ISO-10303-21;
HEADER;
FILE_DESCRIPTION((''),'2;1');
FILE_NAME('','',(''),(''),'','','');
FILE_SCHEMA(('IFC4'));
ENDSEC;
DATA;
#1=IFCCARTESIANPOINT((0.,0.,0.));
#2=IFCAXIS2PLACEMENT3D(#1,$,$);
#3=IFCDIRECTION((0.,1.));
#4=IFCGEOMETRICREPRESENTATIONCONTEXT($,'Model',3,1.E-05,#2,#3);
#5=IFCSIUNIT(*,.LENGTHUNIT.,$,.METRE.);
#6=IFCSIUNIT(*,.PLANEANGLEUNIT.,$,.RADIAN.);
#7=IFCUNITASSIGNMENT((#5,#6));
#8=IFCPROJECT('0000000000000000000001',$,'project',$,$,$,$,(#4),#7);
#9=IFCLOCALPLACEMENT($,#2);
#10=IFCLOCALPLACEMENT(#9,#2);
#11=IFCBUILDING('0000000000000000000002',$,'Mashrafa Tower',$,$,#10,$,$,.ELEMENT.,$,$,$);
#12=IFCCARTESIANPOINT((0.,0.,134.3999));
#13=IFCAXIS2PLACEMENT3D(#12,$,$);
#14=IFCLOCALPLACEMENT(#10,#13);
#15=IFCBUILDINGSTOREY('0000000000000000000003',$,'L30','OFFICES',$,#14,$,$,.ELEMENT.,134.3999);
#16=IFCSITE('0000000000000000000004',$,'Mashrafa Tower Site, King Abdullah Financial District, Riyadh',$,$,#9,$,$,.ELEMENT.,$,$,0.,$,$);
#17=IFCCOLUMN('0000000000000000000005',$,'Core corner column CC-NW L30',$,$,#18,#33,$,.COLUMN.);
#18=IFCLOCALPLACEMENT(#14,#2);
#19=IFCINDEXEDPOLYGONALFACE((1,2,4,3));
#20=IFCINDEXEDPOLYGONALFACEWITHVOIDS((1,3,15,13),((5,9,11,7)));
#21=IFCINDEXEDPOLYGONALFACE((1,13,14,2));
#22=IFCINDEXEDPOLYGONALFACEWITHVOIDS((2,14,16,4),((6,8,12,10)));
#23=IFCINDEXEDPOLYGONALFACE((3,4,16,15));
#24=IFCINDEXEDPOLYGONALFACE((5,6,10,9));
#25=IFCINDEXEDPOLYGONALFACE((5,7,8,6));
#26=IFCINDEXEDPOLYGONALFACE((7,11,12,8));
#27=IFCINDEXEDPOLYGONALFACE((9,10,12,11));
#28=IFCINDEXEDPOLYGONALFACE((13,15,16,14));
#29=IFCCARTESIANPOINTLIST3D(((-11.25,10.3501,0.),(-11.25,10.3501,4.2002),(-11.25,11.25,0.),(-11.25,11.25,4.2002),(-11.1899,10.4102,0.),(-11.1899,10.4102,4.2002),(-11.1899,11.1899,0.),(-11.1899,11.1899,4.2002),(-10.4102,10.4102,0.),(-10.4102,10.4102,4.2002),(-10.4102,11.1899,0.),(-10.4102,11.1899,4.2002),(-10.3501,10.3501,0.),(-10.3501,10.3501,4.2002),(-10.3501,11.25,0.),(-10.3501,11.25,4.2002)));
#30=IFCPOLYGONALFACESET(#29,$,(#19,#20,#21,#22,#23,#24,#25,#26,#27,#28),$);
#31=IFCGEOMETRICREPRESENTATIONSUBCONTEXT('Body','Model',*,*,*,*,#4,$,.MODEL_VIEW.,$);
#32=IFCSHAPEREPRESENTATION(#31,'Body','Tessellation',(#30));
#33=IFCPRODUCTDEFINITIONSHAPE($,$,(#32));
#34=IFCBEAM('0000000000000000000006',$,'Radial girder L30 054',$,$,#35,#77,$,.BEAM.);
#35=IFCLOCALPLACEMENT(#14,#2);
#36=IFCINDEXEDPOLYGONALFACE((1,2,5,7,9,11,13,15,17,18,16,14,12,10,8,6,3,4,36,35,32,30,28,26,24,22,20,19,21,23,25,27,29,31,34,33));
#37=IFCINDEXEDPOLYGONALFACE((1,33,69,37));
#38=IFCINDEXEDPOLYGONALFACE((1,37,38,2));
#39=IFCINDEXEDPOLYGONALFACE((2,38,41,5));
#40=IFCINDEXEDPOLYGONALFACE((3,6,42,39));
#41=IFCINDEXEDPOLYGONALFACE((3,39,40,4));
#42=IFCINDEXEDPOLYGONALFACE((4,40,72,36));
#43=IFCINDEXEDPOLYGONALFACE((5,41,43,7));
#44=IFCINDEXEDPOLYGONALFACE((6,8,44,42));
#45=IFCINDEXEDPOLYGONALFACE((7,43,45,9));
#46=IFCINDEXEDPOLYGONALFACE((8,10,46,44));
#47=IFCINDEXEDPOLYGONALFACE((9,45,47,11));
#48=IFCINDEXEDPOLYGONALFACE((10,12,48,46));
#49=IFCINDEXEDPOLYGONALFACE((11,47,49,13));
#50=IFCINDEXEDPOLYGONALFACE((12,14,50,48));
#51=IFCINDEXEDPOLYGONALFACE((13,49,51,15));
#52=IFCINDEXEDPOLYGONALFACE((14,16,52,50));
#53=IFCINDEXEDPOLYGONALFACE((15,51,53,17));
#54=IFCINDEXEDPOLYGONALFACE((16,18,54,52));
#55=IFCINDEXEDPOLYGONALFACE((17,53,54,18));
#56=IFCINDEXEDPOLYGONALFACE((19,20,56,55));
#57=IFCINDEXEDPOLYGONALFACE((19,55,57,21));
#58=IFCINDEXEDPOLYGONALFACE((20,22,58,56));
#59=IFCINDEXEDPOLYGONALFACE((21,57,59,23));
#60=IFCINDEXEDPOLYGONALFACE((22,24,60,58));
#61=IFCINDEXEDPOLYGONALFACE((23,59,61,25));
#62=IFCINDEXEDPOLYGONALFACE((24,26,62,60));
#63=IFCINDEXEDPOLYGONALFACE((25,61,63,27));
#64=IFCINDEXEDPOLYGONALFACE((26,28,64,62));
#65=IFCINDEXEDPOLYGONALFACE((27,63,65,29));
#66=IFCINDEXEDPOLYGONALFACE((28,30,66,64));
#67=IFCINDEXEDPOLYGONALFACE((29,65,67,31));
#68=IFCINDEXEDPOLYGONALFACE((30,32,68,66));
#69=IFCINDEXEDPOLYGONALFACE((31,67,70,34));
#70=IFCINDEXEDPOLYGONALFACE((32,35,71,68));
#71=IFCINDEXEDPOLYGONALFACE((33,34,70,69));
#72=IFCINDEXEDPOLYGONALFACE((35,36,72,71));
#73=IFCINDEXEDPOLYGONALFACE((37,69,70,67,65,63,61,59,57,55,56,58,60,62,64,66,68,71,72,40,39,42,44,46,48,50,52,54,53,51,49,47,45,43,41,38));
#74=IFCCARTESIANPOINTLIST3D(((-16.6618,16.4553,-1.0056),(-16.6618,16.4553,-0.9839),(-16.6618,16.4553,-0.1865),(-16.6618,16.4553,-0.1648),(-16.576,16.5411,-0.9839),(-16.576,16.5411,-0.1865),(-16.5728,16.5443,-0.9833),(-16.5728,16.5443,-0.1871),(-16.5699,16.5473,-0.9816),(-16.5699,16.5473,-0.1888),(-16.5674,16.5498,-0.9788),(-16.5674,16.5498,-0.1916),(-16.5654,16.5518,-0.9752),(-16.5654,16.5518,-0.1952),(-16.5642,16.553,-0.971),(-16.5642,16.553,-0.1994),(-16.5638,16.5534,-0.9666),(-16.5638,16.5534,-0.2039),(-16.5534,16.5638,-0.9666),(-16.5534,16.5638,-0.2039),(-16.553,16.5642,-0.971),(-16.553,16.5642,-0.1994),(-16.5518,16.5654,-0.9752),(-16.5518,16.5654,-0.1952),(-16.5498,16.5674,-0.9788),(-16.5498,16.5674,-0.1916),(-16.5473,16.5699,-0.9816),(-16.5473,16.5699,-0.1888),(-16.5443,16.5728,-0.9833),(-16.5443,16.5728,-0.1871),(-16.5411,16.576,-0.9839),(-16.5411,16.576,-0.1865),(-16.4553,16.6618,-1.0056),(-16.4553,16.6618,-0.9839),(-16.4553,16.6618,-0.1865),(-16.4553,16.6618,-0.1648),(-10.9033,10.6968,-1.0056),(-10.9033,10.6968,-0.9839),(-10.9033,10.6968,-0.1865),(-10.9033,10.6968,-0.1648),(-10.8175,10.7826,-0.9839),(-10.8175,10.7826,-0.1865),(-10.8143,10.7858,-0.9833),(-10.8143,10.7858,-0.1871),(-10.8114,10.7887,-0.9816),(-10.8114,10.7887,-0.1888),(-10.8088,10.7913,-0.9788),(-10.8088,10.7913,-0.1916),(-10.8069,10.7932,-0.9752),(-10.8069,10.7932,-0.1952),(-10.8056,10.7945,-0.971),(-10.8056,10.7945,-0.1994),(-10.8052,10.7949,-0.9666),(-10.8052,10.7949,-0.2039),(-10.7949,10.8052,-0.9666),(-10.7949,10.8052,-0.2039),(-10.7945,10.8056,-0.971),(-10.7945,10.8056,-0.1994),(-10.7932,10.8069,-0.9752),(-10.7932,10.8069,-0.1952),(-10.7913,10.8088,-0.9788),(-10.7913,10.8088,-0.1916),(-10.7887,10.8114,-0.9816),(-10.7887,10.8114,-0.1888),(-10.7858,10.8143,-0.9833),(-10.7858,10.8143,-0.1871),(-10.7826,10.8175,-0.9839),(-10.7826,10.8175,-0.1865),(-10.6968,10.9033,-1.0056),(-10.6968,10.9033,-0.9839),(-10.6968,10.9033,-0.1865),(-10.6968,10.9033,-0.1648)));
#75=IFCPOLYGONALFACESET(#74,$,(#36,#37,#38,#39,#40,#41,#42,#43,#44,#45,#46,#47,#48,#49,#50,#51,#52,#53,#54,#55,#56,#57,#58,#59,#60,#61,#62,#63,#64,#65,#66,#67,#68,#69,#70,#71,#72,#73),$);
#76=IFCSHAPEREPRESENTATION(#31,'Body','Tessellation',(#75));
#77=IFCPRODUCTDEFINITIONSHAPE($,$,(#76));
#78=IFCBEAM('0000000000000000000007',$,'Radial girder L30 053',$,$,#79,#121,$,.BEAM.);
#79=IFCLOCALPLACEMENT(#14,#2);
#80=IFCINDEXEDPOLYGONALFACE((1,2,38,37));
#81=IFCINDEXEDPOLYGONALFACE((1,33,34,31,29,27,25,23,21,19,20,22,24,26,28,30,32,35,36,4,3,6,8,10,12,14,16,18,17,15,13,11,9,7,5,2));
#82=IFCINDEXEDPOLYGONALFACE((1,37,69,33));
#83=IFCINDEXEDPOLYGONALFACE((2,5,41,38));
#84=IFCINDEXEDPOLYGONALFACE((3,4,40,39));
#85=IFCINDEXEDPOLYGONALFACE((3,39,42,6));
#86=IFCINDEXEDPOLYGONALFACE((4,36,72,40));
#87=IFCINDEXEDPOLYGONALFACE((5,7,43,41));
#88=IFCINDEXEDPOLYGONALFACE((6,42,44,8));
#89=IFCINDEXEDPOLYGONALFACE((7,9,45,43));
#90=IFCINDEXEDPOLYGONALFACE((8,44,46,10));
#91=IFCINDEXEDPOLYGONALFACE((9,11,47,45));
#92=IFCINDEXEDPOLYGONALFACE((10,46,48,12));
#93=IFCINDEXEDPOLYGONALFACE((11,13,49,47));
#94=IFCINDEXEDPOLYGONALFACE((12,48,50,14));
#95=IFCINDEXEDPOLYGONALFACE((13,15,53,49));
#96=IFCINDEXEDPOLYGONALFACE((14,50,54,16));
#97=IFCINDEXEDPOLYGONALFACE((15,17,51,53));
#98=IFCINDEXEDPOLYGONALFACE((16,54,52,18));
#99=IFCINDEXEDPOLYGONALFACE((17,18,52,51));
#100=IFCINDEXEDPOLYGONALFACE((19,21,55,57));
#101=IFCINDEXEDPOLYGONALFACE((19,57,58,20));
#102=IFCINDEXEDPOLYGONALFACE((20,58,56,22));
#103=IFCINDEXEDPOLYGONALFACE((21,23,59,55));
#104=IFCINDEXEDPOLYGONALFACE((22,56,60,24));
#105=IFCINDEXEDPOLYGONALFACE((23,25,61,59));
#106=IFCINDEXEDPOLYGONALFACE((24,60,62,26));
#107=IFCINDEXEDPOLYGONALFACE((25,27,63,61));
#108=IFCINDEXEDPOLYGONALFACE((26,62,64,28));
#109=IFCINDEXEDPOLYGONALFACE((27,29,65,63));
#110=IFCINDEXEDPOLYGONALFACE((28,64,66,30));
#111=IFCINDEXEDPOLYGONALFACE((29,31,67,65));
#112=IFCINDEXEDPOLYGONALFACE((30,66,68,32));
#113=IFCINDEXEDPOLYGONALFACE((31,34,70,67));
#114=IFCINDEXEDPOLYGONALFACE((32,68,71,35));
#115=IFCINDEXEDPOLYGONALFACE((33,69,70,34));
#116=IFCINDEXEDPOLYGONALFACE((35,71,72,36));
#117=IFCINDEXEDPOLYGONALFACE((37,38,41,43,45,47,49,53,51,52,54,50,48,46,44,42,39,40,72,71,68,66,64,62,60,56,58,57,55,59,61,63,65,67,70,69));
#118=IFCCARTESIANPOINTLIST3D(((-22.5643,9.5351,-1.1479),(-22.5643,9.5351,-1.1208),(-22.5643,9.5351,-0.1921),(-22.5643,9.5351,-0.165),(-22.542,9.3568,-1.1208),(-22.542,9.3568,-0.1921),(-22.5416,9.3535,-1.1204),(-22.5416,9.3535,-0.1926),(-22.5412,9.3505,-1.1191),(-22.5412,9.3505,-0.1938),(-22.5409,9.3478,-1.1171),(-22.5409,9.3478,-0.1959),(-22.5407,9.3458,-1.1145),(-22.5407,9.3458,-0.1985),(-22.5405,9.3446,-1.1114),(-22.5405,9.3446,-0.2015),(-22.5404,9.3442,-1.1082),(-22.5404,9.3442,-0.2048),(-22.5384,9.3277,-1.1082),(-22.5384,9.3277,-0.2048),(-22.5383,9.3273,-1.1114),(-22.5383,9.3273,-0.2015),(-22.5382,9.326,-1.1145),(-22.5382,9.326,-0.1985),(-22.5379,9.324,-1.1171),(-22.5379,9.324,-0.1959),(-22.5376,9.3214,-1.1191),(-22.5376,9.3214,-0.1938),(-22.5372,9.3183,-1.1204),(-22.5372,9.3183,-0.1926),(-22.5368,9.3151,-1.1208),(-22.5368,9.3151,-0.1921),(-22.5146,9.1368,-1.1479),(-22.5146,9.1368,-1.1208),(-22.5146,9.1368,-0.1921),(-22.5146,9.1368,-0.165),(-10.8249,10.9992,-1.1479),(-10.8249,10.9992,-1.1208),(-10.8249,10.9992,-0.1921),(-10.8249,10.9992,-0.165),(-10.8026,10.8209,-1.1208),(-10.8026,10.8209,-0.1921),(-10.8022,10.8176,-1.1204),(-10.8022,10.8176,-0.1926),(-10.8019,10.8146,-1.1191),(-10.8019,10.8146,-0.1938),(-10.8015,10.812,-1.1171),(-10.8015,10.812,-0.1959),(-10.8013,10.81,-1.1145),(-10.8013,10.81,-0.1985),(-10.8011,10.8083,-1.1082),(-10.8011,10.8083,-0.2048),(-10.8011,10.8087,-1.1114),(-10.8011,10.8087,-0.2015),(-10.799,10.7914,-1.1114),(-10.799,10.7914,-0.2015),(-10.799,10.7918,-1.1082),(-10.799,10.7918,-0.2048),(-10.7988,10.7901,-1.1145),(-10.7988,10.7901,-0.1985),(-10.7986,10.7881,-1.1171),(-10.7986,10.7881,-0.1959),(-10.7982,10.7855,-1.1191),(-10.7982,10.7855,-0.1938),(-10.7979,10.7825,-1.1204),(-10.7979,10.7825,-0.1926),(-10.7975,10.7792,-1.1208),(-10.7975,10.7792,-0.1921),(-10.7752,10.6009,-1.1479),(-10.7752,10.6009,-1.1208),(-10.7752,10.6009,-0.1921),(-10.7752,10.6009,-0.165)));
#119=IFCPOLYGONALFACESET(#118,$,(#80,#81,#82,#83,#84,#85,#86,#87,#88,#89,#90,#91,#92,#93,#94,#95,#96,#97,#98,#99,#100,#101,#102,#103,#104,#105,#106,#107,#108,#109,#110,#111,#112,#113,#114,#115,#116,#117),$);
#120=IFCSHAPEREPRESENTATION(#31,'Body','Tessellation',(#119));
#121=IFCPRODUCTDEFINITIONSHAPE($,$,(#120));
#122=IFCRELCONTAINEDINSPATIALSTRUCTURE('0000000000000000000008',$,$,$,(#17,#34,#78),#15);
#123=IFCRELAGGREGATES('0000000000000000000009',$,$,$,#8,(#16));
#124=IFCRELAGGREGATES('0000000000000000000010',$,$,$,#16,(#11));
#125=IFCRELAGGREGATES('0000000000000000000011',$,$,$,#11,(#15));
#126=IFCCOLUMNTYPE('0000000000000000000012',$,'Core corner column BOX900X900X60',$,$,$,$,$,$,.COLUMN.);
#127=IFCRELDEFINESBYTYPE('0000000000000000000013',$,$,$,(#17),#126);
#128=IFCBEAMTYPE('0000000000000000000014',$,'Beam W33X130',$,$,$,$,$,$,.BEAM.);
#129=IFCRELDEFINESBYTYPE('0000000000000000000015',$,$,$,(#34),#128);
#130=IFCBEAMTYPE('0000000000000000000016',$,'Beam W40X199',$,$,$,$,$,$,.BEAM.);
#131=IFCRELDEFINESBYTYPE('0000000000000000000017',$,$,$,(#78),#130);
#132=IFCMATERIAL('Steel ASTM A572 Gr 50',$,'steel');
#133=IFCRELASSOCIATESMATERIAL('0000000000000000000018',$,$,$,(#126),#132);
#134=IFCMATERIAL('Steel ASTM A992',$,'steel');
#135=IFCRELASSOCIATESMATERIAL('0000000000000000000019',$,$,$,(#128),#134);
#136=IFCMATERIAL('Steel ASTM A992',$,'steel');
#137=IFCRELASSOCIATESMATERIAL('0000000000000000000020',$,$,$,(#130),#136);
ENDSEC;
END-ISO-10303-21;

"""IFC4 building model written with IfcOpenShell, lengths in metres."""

from ifc_helpers import new_model, si_unit, direction, frame, origin, origin_2d, place, context, subcontext, project, spatial, hollow_rectangle, i_section, extrude, material, material_profile, profile_set, type_object, element, save


model = new_model("IFC4")

# Units and contexts
model_context = context("Model", 3, precision=1e-05, world=origin(), true_north=direction((0.0, 1.0)))
body_context = subcontext(model_context, "Body", "Model", "MODEL_VIEW")
ifc_project = project(units=[si_unit("LENGTHUNIT", "METRE"), si_unit("PLANEANGLEUNIT", "RADIAN")], contexts=[model_context])

# Site, building, storey
site_placement = place(None, origin())
site = spatial("IfcSite", under=ifc_project, at=site_placement, Name="Mashrafa Tower Site, King Abdullah Financial District, Riyadh", CompositionType="ELEMENT", RefElevation=0.0)
building_placement = place(site_placement, origin())
building = spatial("IfcBuilding", under=site, at=building_placement, Name="Mashrafa Tower", CompositionType="ELEMENT")
storey_placement = place(building_placement, frame((0.0, 0.0, 134.3999)))
storey = spatial("IfcBuildingStorey", under=building, at=storey_placement, Name="L30", Description="OFFICES", CompositionType="ELEMENT", Elevation=134.3999)

# Column
ifc_material_1 = material(Name="Steel ASTM A572 Gr 50", Category="steel")
ifc_material_profile_1 = material_profile(ifc_material_1, hollow_rectangle(XDim=0.8999, YDim=0.8999, WallThickness=0.0601, at=origin_2d()), Name="BOX900X900X60")
ifc_profile_set_1 = profile_set([ifc_material_profile_1], Name="Steel ASTM A572 Gr 50")
column_type = type_object("IfcColumnType", Name="Core corner column BOX900X900X60", PredefinedType="COLUMN", material=ifc_profile_set_1)
column_placement = place(storey_placement, frame((-10.8, 10.8, 0.0), z_axis=(0.0, 0.0, 1.0), x_axis=(1.0, 0.0, 0.0)))
element("IfcColumn", 1, at=column_placement, inside=storey, type_object=column_type, Name="Core corner column CC-NW L30", PredefinedType="COLUMN", context=body_context, shape_type="SweptSolid", body=[
    extrude(hollow_rectangle(XDim=0.8999, YDim=0.8999, WallThickness=0.0601, at=origin_2d()), origin(), (0.0, 0.0, 1.0), 4.2002),
])

# Beams
ifc_material_2 = material(Name="Steel ASTM A992", Category="steel")
ifc_material_profile_2 = material_profile(ifc_material_2, i_section(OverallWidth=0.292, OverallDepth=0.8408, WebThickness=0.0146, FlangeThickness=0.0217, FilletRadius=0.0173, at=origin_2d()), Name="W33X130")
ifc_profile_set_2 = profile_set([ifc_material_profile_2], Name="Steel ASTM A992")
beam_type_1 = type_object("IfcBeamType", Name="Beam W33X130", PredefinedType="BEAM", material=ifc_profile_set_2)
beam_1_placement = place(storey_placement, frame((-10.8, 10.8, -0.5852), z_axis=(-0.707107, 0.707107, 0.0), x_axis=(-0.707107, -0.707107, 0.0)))
element("IfcBeam", 2, at=beam_1_placement, inside=storey, type_object=beam_type_1, Name="Radial girder L30 054", PredefinedType="BEAM", context=body_context, shape_type="SweptSolid", body=[
    extrude(i_section(OverallWidth=0.292, OverallDepth=0.8408, WebThickness=0.0146, FlangeThickness=0.0217, FilletRadius=0.0173, at=origin_2d()), origin(), (0.0, 0.0, 1.0), 8.1438),
])
ifc_material_3 = material(Name="Steel ASTM A992", Category="steel")
ifc_material_profile_3 = material_profile(ifc_material_3, i_section(OverallWidth=0.4014, OverallDepth=0.9829, WebThickness=0.0166, FlangeThickness=0.0271, FilletRadius=0.0127, at=origin_2d()), Name="W40X199")
ifc_profile_set_3 = profile_set([ifc_material_profile_3], Name="Steel ASTM A992")
beam_type_2 = type_object("IfcBeamType", Name="Beam W40X199", PredefinedType="BEAM", material=ifc_profile_set_3)
beam_2_placement = place(storey_placement, frame((-10.8, 10.8, -0.6565), z_axis=(-0.992312, -0.12376, 0.0), x_axis=(0.12376, -0.992312, 0.0)))
element("IfcBeam", 3, at=beam_2_placement, inside=storey, type_object=beam_type_2, Name="Radial girder L30 053", PredefinedType="BEAM", context=body_context, shape_type="SweptSolid", body=[
    extrude(i_section(OverallWidth=0.4014, OverallDepth=0.9829, WebThickness=0.0166, FlangeThickness=0.0271, FilletRadius=0.0127, at=origin_2d()), origin(), (0.0, 0.0, 1.0), 11.8303),
])

save(model, "model.ifc")
